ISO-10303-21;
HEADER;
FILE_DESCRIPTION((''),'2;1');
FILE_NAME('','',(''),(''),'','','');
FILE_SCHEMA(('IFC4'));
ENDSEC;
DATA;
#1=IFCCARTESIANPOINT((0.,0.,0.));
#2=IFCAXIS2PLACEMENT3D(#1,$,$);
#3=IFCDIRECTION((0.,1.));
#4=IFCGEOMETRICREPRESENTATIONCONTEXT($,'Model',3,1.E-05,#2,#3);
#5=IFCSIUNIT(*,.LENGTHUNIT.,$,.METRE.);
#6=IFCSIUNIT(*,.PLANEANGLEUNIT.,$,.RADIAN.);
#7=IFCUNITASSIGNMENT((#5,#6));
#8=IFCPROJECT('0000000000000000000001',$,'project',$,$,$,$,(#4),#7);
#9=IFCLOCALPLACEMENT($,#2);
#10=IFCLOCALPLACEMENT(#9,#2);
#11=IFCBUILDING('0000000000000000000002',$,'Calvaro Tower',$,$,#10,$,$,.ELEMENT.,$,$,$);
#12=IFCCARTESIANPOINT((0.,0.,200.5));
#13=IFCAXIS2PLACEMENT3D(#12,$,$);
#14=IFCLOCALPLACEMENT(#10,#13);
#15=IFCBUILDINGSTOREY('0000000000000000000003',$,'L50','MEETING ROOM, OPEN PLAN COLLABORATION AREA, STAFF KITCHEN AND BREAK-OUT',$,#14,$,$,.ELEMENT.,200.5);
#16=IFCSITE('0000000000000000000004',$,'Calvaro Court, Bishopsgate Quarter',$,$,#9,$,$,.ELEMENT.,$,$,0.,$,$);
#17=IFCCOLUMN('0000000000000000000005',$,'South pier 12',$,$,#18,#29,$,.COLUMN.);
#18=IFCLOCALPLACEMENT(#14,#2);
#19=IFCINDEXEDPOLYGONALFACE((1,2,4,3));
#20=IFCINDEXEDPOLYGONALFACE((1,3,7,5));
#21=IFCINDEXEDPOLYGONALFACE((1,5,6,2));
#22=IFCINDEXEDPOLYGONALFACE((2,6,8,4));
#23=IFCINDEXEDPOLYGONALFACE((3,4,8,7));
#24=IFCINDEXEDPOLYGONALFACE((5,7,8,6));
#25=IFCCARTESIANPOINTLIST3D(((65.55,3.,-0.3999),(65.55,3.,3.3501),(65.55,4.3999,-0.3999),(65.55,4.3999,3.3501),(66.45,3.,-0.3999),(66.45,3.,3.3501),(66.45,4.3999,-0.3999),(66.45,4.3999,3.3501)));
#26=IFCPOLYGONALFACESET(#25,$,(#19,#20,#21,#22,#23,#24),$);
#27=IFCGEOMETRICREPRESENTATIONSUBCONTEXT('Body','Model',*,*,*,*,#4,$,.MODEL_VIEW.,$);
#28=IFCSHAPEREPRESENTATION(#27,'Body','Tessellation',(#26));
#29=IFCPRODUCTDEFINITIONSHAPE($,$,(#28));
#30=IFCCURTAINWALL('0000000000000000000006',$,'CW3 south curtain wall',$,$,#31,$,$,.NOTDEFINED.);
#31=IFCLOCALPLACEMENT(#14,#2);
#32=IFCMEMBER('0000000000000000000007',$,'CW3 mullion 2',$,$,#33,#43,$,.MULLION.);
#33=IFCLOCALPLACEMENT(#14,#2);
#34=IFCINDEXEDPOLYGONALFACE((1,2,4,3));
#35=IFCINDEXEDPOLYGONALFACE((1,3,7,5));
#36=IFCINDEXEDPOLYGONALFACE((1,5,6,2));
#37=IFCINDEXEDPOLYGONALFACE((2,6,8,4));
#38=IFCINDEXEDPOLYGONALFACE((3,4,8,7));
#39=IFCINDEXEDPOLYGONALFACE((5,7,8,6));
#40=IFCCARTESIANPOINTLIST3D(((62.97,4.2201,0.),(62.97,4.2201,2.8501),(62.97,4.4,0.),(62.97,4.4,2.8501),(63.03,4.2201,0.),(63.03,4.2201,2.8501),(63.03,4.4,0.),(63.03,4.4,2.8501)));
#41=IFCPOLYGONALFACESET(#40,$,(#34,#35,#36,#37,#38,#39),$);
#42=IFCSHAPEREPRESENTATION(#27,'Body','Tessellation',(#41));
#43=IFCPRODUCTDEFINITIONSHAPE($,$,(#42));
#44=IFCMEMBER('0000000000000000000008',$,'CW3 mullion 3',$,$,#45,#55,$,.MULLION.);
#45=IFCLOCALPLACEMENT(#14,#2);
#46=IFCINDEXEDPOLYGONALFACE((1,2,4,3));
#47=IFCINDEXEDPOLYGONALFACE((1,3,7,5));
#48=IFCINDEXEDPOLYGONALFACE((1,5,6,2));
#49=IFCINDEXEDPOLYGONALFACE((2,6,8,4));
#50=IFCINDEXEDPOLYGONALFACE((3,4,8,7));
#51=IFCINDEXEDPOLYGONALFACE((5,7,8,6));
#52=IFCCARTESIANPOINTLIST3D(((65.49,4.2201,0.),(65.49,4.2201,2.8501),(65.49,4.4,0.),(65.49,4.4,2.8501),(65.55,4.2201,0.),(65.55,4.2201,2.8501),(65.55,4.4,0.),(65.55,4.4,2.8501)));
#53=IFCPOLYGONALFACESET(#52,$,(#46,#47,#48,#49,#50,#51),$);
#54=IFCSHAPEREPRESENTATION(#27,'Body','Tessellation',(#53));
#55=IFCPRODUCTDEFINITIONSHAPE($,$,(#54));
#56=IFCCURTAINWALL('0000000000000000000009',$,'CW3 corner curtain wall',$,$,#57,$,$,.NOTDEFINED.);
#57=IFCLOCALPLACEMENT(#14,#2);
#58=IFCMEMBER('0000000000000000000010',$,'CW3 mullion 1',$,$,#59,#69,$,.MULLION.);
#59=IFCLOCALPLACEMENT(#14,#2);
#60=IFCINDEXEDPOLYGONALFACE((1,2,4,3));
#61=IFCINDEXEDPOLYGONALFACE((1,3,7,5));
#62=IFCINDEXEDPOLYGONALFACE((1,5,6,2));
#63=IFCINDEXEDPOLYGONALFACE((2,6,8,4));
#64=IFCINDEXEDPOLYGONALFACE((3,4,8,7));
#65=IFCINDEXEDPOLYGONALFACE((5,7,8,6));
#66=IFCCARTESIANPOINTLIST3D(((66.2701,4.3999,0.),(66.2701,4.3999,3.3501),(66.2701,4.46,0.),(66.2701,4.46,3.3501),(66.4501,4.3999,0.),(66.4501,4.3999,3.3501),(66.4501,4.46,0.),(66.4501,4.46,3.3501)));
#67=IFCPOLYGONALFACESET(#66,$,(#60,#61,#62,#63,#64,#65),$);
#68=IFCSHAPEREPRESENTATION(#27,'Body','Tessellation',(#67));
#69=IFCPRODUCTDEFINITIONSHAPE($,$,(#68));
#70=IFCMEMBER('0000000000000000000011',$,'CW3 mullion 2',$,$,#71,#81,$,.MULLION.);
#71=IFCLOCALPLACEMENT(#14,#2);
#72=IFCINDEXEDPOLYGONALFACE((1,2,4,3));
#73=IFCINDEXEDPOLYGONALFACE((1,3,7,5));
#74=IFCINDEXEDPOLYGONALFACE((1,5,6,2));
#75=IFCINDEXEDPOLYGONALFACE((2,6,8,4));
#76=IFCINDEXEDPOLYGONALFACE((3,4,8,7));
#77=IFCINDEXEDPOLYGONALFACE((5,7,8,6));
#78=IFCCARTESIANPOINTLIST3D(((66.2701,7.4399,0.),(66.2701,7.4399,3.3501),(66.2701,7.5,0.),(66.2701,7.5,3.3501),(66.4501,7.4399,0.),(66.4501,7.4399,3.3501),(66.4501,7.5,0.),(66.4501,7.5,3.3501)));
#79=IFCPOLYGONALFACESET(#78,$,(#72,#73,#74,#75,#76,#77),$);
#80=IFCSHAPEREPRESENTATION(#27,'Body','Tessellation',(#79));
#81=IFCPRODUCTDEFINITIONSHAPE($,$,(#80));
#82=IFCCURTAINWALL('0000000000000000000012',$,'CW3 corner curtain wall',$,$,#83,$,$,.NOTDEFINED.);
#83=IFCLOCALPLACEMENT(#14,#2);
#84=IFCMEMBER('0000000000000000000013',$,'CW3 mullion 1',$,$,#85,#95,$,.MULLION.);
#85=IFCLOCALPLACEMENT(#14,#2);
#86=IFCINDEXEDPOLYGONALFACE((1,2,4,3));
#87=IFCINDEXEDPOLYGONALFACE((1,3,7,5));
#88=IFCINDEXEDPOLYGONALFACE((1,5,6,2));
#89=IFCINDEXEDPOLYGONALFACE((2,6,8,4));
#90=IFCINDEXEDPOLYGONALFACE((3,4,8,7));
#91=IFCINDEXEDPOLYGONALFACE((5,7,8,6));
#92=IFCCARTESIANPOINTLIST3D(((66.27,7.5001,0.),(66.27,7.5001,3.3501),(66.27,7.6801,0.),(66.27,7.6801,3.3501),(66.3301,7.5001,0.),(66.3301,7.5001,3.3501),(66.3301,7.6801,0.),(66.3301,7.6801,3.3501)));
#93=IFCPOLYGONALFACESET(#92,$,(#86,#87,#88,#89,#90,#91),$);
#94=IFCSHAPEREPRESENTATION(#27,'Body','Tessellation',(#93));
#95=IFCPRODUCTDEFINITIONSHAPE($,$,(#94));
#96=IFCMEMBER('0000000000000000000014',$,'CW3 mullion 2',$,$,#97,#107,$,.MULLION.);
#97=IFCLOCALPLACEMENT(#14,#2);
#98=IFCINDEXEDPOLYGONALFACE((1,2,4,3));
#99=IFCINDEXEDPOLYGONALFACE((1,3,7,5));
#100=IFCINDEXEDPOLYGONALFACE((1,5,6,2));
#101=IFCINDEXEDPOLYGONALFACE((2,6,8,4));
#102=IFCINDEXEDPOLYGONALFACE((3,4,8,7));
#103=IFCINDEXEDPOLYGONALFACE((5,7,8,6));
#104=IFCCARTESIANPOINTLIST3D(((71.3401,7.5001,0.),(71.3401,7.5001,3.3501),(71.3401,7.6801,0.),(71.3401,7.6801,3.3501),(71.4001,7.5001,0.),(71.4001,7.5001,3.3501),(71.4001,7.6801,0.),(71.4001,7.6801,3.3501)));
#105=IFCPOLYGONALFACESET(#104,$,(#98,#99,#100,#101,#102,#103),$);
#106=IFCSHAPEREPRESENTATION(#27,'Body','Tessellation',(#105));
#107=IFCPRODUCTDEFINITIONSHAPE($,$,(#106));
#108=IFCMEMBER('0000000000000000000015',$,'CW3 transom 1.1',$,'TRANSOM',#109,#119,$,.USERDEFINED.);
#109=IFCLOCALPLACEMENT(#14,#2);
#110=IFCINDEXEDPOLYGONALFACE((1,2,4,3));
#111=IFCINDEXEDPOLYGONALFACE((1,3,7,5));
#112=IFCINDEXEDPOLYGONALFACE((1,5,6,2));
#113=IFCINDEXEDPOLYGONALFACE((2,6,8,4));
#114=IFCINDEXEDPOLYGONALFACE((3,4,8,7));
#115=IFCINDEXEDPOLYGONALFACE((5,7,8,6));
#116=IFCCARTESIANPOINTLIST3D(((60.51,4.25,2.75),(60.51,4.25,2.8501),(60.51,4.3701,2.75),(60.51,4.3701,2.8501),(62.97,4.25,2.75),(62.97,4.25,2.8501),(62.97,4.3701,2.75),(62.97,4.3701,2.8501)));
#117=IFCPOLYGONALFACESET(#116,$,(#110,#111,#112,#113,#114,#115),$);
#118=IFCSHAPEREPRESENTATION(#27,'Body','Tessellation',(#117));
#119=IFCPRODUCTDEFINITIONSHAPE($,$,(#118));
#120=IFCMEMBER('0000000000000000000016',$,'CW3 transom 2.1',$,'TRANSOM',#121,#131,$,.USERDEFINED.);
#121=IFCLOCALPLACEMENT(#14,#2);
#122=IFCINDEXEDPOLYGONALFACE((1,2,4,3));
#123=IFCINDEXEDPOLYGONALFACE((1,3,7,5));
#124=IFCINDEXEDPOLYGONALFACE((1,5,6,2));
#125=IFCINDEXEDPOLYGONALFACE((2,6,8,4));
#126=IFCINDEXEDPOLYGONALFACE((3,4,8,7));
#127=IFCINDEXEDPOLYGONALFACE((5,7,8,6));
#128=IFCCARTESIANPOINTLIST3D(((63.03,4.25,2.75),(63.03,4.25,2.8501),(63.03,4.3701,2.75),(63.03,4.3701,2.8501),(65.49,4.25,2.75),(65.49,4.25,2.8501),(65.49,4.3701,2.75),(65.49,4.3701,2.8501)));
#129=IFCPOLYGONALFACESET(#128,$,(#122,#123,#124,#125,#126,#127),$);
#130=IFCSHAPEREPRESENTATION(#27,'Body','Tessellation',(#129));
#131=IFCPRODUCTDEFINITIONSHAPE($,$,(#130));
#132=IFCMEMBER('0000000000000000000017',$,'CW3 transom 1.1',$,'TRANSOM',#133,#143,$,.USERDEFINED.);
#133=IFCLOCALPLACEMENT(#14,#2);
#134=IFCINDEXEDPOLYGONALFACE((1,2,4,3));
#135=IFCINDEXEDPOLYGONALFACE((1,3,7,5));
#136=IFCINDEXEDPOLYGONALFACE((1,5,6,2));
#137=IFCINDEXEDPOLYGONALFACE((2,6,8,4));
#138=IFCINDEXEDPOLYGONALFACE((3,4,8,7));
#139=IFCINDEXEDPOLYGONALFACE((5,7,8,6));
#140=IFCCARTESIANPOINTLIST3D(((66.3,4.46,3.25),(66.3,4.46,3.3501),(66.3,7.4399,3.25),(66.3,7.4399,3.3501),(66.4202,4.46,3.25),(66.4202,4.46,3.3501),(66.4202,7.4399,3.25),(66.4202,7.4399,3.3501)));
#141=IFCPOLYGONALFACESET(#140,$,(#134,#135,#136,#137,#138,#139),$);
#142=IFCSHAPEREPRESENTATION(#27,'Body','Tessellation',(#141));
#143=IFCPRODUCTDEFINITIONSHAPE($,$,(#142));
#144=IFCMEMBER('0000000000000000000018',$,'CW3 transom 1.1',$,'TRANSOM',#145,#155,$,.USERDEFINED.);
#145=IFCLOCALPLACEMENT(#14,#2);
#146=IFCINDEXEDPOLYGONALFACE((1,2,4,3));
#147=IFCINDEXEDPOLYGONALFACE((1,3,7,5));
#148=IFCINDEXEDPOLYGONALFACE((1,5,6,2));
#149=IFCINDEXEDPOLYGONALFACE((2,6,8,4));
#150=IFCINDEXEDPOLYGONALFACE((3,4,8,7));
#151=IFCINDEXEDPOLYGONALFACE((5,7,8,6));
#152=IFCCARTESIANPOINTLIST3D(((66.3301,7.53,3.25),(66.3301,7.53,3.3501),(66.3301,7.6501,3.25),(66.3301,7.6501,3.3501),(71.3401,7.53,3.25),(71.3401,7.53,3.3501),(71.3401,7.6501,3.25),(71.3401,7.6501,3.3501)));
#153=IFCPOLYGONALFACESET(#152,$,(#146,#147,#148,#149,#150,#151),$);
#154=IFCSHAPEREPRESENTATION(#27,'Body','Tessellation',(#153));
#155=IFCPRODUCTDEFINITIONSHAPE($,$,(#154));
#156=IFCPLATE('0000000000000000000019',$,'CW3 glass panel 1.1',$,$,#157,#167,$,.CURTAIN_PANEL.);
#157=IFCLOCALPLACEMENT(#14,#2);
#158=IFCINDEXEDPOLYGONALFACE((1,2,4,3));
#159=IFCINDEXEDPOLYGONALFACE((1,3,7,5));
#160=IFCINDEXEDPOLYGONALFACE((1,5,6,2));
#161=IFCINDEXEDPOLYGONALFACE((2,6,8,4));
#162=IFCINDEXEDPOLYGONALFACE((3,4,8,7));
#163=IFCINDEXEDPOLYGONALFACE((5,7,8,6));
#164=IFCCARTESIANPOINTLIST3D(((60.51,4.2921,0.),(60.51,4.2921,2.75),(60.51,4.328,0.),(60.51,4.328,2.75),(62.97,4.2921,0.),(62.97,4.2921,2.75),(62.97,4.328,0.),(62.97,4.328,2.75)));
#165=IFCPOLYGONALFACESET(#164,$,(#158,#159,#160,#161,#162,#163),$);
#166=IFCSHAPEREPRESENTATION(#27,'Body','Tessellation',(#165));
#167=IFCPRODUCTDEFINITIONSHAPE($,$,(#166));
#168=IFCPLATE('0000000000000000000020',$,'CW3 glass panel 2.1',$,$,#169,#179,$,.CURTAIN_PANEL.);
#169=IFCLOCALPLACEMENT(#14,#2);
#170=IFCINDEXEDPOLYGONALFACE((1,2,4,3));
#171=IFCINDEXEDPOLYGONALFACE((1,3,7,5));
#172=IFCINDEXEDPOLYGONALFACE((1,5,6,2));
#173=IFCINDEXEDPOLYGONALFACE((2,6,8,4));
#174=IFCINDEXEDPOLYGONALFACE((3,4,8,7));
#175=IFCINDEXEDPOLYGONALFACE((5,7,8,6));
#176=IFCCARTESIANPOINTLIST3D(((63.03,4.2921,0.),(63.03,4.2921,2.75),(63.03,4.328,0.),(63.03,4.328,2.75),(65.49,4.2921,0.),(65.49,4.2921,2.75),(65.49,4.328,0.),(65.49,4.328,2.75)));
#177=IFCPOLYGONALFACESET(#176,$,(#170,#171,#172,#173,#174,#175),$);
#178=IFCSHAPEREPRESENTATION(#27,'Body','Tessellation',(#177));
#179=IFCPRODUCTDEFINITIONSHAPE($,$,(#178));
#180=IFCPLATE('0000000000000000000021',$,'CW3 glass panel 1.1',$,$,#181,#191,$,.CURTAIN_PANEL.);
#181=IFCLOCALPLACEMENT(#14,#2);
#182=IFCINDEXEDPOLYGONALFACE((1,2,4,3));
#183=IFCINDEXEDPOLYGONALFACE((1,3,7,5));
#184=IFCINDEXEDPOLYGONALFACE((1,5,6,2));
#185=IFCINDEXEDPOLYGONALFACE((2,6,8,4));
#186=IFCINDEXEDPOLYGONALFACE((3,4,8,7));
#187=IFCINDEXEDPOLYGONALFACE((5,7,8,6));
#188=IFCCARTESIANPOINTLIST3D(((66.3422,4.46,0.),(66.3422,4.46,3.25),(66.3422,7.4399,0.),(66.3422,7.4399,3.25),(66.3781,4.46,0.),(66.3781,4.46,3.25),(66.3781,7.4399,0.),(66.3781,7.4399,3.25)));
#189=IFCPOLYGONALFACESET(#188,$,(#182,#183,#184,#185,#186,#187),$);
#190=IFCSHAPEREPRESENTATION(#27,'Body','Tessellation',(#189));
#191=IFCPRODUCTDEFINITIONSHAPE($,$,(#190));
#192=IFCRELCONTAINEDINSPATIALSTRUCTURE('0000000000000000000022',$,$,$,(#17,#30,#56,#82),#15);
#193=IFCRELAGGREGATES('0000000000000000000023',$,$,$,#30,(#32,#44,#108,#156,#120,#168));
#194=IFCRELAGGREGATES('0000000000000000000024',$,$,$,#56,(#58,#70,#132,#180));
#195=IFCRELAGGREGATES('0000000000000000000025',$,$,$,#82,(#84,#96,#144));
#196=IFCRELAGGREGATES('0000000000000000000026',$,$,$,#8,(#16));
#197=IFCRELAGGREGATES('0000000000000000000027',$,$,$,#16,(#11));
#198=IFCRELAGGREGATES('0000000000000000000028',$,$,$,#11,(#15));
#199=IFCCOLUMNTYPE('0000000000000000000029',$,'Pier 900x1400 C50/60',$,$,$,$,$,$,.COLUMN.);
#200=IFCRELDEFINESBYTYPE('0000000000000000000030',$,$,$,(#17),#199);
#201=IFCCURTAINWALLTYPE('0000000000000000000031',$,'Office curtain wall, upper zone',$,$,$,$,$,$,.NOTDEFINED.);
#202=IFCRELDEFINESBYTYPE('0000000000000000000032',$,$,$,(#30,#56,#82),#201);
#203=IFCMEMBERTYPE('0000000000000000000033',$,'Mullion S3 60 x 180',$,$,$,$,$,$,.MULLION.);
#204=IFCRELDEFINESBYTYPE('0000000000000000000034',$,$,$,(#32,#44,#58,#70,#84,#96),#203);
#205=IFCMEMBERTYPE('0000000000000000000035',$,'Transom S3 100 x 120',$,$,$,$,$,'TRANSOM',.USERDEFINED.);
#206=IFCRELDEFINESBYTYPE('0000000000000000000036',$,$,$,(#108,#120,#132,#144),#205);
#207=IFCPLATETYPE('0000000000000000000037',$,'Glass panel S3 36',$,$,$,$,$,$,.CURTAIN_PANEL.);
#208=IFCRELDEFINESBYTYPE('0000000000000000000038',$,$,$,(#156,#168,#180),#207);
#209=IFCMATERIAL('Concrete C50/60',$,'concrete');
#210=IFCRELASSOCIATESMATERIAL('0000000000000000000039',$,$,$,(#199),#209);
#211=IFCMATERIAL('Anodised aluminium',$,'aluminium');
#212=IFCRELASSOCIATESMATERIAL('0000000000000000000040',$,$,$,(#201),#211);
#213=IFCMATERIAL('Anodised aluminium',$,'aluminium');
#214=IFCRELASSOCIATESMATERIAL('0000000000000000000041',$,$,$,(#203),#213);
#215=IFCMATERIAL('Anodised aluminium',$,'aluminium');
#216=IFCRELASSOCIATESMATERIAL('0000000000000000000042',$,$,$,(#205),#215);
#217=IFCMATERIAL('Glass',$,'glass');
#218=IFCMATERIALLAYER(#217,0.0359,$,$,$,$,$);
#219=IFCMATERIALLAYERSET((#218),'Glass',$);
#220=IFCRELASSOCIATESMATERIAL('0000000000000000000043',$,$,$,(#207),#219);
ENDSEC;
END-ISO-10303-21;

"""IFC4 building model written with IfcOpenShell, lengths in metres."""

from ifc_helpers import new_model, si_unit, direction, frame, origin, origin_2d, place, context, subcontext, project, spatial, rectangle, extrude, material, layer, layer_set, material_profile, profile_set, type_object, element, aggregate, save


model = new_model("IFC4")

# Units and contexts
model_context = context("Model", 3, precision=1e-05, world=origin(), true_north=direction((0.0, 1.0)))
body_context = subcontext(model_context, "Body", "Model", "MODEL_VIEW")
ifc_project = project(units=[si_unit("LENGTHUNIT", "METRE"), si_unit("PLANEANGLEUNIT", "RADIAN")], contexts=[model_context])

# Site, building, storey
site_placement = place(None, origin())
site = spatial("IfcSite", under=ifc_project, at=site_placement, Name="Calvaro Court, Bishopsgate Quarter", CompositionType="ELEMENT", RefElevation=0.0)
building_placement = place(site_placement, origin())
building = spatial("IfcBuilding", under=site, at=building_placement, Name="Calvaro Tower", CompositionType="ELEMENT")
storey_placement = place(building_placement, frame((0.0, 0.0, 200.5)))
storey = spatial("IfcBuildingStorey", under=building, at=storey_placement, Name="L50", Description="MEETING ROOM, OPEN PLAN COLLABORATION AREA, STAFF KITCHEN AND BREAK-OUT", CompositionType="ELEMENT", Elevation=200.5)

# Column
ifc_material_1 = material(Name="Concrete C50/60", Category="concrete")
ifc_material_profile_1 = material_profile(ifc_material_1, rectangle(XDim=0.8999, YDim=1.3999, at=origin_2d()), Name="RC 900x1400")
ifc_profile_set_1 = profile_set([ifc_material_profile_1], Name="Concrete C50/60")
column_type = type_object("IfcColumnType", Name="Pier 900x1400 C50/60", PredefinedType="COLUMN", material=ifc_profile_set_1)
column_placement = place(storey_placement, frame((66.0, 3.7, -0.3999), z_axis=(0.0, 0.0, 1.0), x_axis=(1.0, 0.0, 0.0)))
element("IfcColumn", 1, at=column_placement, inside=storey, type_object=column_type, Name="South pier 12", PredefinedType="COLUMN", context=body_context, shape_type="SweptSolid", body=[
    extrude(rectangle(XDim=0.8999, YDim=1.3999, at=origin_2d()), origin(), (0.0, 0.0, 1.0), 3.75),
])

# Curtain walls, members
ifc_material_2 = material(Name="Anodised aluminium", Category="aluminium")
curtain_wall_type = type_object("IfcCurtainWallType", Name="Office curtain wall, upper zone", PredefinedType="NOTDEFINED", material=ifc_material_2)
curtain_wall_1_placement = place(storey_placement, origin())
curtain_wall_1 = element("IfcCurtainWall", 2, at=curtain_wall_1_placement, inside=storey, type_object=curtain_wall_type, Name="CW3 south curtain wall", PredefinedType="NOTDEFINED")
ifc_material_3 = material(Name="Anodised aluminium", Category="aluminium")
ifc_material_profile_2 = material_profile(ifc_material_3, rectangle(XDim=0.1799, YDim=0.0601, at=origin_2d()), Name="Mullion S3 60 x 180")
ifc_profile_set_2 = profile_set([ifc_material_profile_2], Name="Anodised aluminium")
member_type_1 = type_object("IfcMemberType", Name="Mullion S3 60 x 180", PredefinedType="MULLION", material=ifc_profile_set_2)
member_1_placement = place(storey_placement, frame((63.0, 4.3101, 0.0), z_axis=(0.0, 0.0, 1.0), x_axis=(0.0, 1.0, 0.0)))
member_1 = element("IfcMember", 3, at=member_1_placement, type_object=member_type_1, Name="CW3 mullion 2", PredefinedType="MULLION", context=body_context, shape_type="SweptSolid", body=[
    extrude(rectangle(XDim=0.1799, YDim=0.0601, at=origin_2d()), origin(), (0.0, 0.0, 1.0), 2.8501),
])
member_2_placement = place(storey_placement, frame((65.52, 4.3101, 0.0), z_axis=(0.0, 0.0, 1.0), x_axis=(0.0, 1.0, 0.0)))
member_2 = element("IfcMember", 4, at=member_2_placement, type_object=member_type_1, Name="CW3 mullion 3", PredefinedType="MULLION", context=body_context, shape_type="SweptSolid", body=[
    extrude(rectangle(XDim=0.1799, YDim=0.0601, at=origin_2d()), origin(), (0.0, 0.0, 1.0), 2.8501),
])
curtain_wall_2_placement = place(storey_placement, origin())
curtain_wall_2 = element("IfcCurtainWall", 5, at=curtain_wall_2_placement, inside=storey, type_object=curtain_wall_type, Name="CW3 corner curtain wall", PredefinedType="NOTDEFINED")
member_3_placement = place(storey_placement, frame((66.3601, 4.4299, 0.0), z_axis=(0.0, 0.0, 1.0), x_axis=(-1.0, 0.0, 0.0)))
member_3 = element("IfcMember", 6, at=member_3_placement, type_object=member_type_1, Name="CW3 mullion 1", PredefinedType="MULLION", context=body_context, shape_type="SweptSolid", body=[
    extrude(rectangle(XDim=0.1799, YDim=0.0601, at=origin_2d()), origin(), (0.0, 0.0, 1.0), 3.3501),
])
member_4_placement = place(storey_placement, frame((66.3601, 7.47, 0.0), z_axis=(0.0, 0.0, 1.0), x_axis=(-1.0, 0.0, 0.0)))
member_4 = element("IfcMember", 7, at=member_4_placement, type_object=member_type_1, Name="CW3 mullion 2", PredefinedType="MULLION", context=body_context, shape_type="SweptSolid", body=[
    extrude(rectangle(XDim=0.1799, YDim=0.0601, at=origin_2d()), origin(), (0.0, 0.0, 1.0), 3.3501),
])
curtain_wall_3_placement = place(storey_placement, origin())
curtain_wall_3 = element("IfcCurtainWall", 8, at=curtain_wall_3_placement, inside=storey, type_object=curtain_wall_type, Name="CW3 corner curtain wall", PredefinedType="NOTDEFINED")
member_5_placement = place(storey_placement, frame((66.3, 7.5901, 0.0), z_axis=(0.0, 0.0, 1.0), x_axis=(0.0, 1.0, 0.0)))
member_5 = element("IfcMember", 9, at=member_5_placement, type_object=member_type_1, Name="CW3 mullion 1", PredefinedType="MULLION", context=body_context, shape_type="SweptSolid", body=[
    extrude(rectangle(XDim=0.1799, YDim=0.0601, at=origin_2d()), origin(), (0.0, 0.0, 1.0), 3.3501),
])
member_6_placement = place(storey_placement, frame((71.3701, 7.5901, 0.0), z_axis=(0.0, 0.0, 1.0), x_axis=(0.0, 1.0, 0.0)))
member_6 = element("IfcMember", 10, at=member_6_placement, type_object=member_type_1, Name="CW3 mullion 2", PredefinedType="MULLION", context=body_context, shape_type="SweptSolid", body=[
    extrude(rectangle(XDim=0.1799, YDim=0.0601, at=origin_2d()), origin(), (0.0, 0.0, 1.0), 3.3501),
])

# Members
ifc_material_4 = material(Name="Anodised aluminium", Category="aluminium")
ifc_material_profile_3 = material_profile(ifc_material_4, rectangle(XDim=0.1201, YDim=0.1001, at=origin_2d()), Name="Transom S3 100 x 120")
ifc_profile_set_3 = profile_set([ifc_material_profile_3], Name="Anodised aluminium")
member_type_2 = type_object("IfcMemberType", Name="Transom S3 100 x 120", ElementType="TRANSOM", PredefinedType="USERDEFINED", material=ifc_profile_set_3)
member_7_placement = place(storey_placement, frame((60.51, 4.3101, 2.8), z_axis=(1.0, 0.0, 0.0), x_axis=(0.0, 1.0, 0.0)))
member_7 = element("IfcMember", 11, at=member_7_placement, type_object=member_type_2, Name="CW3 transom 1.1", ObjectType="TRANSOM", PredefinedType="USERDEFINED", context=body_context, shape_type="SweptSolid", body=[
    extrude(rectangle(XDim=0.1201, YDim=0.1001, at=origin_2d()), origin(), (0.0, 0.0, 1.0), 2.46),
])
member_8_placement = place(storey_placement, frame((63.03, 4.3101, 2.8), z_axis=(1.0, 0.0, 0.0), x_axis=(0.0, 1.0, 0.0)))
member_8 = element("IfcMember", 12, at=member_8_placement, type_object=member_type_2, Name="CW3 transom 2.1", ObjectType="TRANSOM", PredefinedType="USERDEFINED", context=body_context, shape_type="SweptSolid", body=[
    extrude(rectangle(XDim=0.1201, YDim=0.1001, at=origin_2d()), origin(), (0.0, 0.0, 1.0), 2.46),
])
member_9_placement = place(storey_placement, frame((66.3601, 4.46, 3.3), z_axis=(0.0, 1.0, 0.0), x_axis=(-1.0, 0.0, 0.0)))
member_9 = element("IfcMember", 13, at=member_9_placement, type_object=member_type_2, Name="CW3 transom 1.1", ObjectType="TRANSOM", PredefinedType="USERDEFINED", context=body_context, shape_type="SweptSolid", body=[
    extrude(rectangle(XDim=0.1201, YDim=0.1001, at=origin_2d()), origin(), (0.0, 0.0, 1.0), 2.98),
])
member_10_placement = place(storey_placement, frame((66.3301, 7.5901, 3.3), z_axis=(1.0, 0.0, 0.0), x_axis=(0.0, 1.0, 0.0)))
member_10 = element("IfcMember", 14, at=member_10_placement, type_object=member_type_2, Name="CW3 transom 1.1", ObjectType="TRANSOM", PredefinedType="USERDEFINED", context=body_context, shape_type="SweptSolid", body=[
    extrude(rectangle(XDim=0.1201, YDim=0.1001, at=origin_2d()), origin(), (0.0, 0.0, 1.0), 5.01),
])

# Plates
ifc_material_5 = material(Name="Glass", Category="glass")
ifc_layer_1 = layer(ifc_material_5, 0.0359)
ifc_layer_set_1 = layer_set([ifc_layer_1], Name="Glass")
plate_type = type_object("IfcPlateType", Name="Glass panel S3 36", PredefinedType="CURTAIN_PANEL", material=ifc_layer_set_1)
plate_1_placement = place(storey_placement, frame((61.74, 4.3101, 0.0), z_axis=(0.0, 0.0, 1.0), x_axis=(1.0, 0.0, 0.0)))
plate_1 = element("IfcPlate", 15, at=plate_1_placement, type_object=plate_type, Name="CW3 glass panel 1.1", PredefinedType="CURTAIN_PANEL", context=body_context, shape_type="SweptSolid", body=[
    extrude(rectangle(XDim=2.46, YDim=0.0359, at=origin_2d()), origin(), (0.0, 0.0, 1.0), 2.75),
])
plate_2_placement = place(storey_placement, frame((64.26, 4.3101, 0.0), z_axis=(0.0, 0.0, 1.0), x_axis=(1.0, 0.0, 0.0)))
plate_2 = element("IfcPlate", 16, at=plate_2_placement, type_object=plate_type, Name="CW3 glass panel 2.1", PredefinedType="CURTAIN_PANEL", context=body_context, shape_type="SweptSolid", body=[
    extrude(rectangle(XDim=2.46, YDim=0.0359, at=origin_2d()), origin(), (0.0, 0.0, 1.0), 2.75),
])
aggregate(curtain_wall_1, [member_1, member_2, member_7, plate_1, member_8, plate_2])
plate_3_placement = place(storey_placement, frame((66.3601, 5.95, 0.0), z_axis=(0.0, 0.0, 1.0), x_axis=(0.0, 1.0, 0.0)))
plate_3 = element("IfcPlate", 17, at=plate_3_placement, type_object=plate_type, Name="CW3 glass panel 1.1", PredefinedType="CURTAIN_PANEL", context=body_context, shape_type="SweptSolid", body=[
    extrude(rectangle(XDim=2.98, YDim=0.0359, at=origin_2d()), origin(), (0.0, 0.0, 1.0), 3.25),
])
aggregate(curtain_wall_2, [member_3, member_4, member_9, plate_3])
aggregate(curtain_wall_3, [member_5, member_6, member_10])

save(model, "model.ifc")
